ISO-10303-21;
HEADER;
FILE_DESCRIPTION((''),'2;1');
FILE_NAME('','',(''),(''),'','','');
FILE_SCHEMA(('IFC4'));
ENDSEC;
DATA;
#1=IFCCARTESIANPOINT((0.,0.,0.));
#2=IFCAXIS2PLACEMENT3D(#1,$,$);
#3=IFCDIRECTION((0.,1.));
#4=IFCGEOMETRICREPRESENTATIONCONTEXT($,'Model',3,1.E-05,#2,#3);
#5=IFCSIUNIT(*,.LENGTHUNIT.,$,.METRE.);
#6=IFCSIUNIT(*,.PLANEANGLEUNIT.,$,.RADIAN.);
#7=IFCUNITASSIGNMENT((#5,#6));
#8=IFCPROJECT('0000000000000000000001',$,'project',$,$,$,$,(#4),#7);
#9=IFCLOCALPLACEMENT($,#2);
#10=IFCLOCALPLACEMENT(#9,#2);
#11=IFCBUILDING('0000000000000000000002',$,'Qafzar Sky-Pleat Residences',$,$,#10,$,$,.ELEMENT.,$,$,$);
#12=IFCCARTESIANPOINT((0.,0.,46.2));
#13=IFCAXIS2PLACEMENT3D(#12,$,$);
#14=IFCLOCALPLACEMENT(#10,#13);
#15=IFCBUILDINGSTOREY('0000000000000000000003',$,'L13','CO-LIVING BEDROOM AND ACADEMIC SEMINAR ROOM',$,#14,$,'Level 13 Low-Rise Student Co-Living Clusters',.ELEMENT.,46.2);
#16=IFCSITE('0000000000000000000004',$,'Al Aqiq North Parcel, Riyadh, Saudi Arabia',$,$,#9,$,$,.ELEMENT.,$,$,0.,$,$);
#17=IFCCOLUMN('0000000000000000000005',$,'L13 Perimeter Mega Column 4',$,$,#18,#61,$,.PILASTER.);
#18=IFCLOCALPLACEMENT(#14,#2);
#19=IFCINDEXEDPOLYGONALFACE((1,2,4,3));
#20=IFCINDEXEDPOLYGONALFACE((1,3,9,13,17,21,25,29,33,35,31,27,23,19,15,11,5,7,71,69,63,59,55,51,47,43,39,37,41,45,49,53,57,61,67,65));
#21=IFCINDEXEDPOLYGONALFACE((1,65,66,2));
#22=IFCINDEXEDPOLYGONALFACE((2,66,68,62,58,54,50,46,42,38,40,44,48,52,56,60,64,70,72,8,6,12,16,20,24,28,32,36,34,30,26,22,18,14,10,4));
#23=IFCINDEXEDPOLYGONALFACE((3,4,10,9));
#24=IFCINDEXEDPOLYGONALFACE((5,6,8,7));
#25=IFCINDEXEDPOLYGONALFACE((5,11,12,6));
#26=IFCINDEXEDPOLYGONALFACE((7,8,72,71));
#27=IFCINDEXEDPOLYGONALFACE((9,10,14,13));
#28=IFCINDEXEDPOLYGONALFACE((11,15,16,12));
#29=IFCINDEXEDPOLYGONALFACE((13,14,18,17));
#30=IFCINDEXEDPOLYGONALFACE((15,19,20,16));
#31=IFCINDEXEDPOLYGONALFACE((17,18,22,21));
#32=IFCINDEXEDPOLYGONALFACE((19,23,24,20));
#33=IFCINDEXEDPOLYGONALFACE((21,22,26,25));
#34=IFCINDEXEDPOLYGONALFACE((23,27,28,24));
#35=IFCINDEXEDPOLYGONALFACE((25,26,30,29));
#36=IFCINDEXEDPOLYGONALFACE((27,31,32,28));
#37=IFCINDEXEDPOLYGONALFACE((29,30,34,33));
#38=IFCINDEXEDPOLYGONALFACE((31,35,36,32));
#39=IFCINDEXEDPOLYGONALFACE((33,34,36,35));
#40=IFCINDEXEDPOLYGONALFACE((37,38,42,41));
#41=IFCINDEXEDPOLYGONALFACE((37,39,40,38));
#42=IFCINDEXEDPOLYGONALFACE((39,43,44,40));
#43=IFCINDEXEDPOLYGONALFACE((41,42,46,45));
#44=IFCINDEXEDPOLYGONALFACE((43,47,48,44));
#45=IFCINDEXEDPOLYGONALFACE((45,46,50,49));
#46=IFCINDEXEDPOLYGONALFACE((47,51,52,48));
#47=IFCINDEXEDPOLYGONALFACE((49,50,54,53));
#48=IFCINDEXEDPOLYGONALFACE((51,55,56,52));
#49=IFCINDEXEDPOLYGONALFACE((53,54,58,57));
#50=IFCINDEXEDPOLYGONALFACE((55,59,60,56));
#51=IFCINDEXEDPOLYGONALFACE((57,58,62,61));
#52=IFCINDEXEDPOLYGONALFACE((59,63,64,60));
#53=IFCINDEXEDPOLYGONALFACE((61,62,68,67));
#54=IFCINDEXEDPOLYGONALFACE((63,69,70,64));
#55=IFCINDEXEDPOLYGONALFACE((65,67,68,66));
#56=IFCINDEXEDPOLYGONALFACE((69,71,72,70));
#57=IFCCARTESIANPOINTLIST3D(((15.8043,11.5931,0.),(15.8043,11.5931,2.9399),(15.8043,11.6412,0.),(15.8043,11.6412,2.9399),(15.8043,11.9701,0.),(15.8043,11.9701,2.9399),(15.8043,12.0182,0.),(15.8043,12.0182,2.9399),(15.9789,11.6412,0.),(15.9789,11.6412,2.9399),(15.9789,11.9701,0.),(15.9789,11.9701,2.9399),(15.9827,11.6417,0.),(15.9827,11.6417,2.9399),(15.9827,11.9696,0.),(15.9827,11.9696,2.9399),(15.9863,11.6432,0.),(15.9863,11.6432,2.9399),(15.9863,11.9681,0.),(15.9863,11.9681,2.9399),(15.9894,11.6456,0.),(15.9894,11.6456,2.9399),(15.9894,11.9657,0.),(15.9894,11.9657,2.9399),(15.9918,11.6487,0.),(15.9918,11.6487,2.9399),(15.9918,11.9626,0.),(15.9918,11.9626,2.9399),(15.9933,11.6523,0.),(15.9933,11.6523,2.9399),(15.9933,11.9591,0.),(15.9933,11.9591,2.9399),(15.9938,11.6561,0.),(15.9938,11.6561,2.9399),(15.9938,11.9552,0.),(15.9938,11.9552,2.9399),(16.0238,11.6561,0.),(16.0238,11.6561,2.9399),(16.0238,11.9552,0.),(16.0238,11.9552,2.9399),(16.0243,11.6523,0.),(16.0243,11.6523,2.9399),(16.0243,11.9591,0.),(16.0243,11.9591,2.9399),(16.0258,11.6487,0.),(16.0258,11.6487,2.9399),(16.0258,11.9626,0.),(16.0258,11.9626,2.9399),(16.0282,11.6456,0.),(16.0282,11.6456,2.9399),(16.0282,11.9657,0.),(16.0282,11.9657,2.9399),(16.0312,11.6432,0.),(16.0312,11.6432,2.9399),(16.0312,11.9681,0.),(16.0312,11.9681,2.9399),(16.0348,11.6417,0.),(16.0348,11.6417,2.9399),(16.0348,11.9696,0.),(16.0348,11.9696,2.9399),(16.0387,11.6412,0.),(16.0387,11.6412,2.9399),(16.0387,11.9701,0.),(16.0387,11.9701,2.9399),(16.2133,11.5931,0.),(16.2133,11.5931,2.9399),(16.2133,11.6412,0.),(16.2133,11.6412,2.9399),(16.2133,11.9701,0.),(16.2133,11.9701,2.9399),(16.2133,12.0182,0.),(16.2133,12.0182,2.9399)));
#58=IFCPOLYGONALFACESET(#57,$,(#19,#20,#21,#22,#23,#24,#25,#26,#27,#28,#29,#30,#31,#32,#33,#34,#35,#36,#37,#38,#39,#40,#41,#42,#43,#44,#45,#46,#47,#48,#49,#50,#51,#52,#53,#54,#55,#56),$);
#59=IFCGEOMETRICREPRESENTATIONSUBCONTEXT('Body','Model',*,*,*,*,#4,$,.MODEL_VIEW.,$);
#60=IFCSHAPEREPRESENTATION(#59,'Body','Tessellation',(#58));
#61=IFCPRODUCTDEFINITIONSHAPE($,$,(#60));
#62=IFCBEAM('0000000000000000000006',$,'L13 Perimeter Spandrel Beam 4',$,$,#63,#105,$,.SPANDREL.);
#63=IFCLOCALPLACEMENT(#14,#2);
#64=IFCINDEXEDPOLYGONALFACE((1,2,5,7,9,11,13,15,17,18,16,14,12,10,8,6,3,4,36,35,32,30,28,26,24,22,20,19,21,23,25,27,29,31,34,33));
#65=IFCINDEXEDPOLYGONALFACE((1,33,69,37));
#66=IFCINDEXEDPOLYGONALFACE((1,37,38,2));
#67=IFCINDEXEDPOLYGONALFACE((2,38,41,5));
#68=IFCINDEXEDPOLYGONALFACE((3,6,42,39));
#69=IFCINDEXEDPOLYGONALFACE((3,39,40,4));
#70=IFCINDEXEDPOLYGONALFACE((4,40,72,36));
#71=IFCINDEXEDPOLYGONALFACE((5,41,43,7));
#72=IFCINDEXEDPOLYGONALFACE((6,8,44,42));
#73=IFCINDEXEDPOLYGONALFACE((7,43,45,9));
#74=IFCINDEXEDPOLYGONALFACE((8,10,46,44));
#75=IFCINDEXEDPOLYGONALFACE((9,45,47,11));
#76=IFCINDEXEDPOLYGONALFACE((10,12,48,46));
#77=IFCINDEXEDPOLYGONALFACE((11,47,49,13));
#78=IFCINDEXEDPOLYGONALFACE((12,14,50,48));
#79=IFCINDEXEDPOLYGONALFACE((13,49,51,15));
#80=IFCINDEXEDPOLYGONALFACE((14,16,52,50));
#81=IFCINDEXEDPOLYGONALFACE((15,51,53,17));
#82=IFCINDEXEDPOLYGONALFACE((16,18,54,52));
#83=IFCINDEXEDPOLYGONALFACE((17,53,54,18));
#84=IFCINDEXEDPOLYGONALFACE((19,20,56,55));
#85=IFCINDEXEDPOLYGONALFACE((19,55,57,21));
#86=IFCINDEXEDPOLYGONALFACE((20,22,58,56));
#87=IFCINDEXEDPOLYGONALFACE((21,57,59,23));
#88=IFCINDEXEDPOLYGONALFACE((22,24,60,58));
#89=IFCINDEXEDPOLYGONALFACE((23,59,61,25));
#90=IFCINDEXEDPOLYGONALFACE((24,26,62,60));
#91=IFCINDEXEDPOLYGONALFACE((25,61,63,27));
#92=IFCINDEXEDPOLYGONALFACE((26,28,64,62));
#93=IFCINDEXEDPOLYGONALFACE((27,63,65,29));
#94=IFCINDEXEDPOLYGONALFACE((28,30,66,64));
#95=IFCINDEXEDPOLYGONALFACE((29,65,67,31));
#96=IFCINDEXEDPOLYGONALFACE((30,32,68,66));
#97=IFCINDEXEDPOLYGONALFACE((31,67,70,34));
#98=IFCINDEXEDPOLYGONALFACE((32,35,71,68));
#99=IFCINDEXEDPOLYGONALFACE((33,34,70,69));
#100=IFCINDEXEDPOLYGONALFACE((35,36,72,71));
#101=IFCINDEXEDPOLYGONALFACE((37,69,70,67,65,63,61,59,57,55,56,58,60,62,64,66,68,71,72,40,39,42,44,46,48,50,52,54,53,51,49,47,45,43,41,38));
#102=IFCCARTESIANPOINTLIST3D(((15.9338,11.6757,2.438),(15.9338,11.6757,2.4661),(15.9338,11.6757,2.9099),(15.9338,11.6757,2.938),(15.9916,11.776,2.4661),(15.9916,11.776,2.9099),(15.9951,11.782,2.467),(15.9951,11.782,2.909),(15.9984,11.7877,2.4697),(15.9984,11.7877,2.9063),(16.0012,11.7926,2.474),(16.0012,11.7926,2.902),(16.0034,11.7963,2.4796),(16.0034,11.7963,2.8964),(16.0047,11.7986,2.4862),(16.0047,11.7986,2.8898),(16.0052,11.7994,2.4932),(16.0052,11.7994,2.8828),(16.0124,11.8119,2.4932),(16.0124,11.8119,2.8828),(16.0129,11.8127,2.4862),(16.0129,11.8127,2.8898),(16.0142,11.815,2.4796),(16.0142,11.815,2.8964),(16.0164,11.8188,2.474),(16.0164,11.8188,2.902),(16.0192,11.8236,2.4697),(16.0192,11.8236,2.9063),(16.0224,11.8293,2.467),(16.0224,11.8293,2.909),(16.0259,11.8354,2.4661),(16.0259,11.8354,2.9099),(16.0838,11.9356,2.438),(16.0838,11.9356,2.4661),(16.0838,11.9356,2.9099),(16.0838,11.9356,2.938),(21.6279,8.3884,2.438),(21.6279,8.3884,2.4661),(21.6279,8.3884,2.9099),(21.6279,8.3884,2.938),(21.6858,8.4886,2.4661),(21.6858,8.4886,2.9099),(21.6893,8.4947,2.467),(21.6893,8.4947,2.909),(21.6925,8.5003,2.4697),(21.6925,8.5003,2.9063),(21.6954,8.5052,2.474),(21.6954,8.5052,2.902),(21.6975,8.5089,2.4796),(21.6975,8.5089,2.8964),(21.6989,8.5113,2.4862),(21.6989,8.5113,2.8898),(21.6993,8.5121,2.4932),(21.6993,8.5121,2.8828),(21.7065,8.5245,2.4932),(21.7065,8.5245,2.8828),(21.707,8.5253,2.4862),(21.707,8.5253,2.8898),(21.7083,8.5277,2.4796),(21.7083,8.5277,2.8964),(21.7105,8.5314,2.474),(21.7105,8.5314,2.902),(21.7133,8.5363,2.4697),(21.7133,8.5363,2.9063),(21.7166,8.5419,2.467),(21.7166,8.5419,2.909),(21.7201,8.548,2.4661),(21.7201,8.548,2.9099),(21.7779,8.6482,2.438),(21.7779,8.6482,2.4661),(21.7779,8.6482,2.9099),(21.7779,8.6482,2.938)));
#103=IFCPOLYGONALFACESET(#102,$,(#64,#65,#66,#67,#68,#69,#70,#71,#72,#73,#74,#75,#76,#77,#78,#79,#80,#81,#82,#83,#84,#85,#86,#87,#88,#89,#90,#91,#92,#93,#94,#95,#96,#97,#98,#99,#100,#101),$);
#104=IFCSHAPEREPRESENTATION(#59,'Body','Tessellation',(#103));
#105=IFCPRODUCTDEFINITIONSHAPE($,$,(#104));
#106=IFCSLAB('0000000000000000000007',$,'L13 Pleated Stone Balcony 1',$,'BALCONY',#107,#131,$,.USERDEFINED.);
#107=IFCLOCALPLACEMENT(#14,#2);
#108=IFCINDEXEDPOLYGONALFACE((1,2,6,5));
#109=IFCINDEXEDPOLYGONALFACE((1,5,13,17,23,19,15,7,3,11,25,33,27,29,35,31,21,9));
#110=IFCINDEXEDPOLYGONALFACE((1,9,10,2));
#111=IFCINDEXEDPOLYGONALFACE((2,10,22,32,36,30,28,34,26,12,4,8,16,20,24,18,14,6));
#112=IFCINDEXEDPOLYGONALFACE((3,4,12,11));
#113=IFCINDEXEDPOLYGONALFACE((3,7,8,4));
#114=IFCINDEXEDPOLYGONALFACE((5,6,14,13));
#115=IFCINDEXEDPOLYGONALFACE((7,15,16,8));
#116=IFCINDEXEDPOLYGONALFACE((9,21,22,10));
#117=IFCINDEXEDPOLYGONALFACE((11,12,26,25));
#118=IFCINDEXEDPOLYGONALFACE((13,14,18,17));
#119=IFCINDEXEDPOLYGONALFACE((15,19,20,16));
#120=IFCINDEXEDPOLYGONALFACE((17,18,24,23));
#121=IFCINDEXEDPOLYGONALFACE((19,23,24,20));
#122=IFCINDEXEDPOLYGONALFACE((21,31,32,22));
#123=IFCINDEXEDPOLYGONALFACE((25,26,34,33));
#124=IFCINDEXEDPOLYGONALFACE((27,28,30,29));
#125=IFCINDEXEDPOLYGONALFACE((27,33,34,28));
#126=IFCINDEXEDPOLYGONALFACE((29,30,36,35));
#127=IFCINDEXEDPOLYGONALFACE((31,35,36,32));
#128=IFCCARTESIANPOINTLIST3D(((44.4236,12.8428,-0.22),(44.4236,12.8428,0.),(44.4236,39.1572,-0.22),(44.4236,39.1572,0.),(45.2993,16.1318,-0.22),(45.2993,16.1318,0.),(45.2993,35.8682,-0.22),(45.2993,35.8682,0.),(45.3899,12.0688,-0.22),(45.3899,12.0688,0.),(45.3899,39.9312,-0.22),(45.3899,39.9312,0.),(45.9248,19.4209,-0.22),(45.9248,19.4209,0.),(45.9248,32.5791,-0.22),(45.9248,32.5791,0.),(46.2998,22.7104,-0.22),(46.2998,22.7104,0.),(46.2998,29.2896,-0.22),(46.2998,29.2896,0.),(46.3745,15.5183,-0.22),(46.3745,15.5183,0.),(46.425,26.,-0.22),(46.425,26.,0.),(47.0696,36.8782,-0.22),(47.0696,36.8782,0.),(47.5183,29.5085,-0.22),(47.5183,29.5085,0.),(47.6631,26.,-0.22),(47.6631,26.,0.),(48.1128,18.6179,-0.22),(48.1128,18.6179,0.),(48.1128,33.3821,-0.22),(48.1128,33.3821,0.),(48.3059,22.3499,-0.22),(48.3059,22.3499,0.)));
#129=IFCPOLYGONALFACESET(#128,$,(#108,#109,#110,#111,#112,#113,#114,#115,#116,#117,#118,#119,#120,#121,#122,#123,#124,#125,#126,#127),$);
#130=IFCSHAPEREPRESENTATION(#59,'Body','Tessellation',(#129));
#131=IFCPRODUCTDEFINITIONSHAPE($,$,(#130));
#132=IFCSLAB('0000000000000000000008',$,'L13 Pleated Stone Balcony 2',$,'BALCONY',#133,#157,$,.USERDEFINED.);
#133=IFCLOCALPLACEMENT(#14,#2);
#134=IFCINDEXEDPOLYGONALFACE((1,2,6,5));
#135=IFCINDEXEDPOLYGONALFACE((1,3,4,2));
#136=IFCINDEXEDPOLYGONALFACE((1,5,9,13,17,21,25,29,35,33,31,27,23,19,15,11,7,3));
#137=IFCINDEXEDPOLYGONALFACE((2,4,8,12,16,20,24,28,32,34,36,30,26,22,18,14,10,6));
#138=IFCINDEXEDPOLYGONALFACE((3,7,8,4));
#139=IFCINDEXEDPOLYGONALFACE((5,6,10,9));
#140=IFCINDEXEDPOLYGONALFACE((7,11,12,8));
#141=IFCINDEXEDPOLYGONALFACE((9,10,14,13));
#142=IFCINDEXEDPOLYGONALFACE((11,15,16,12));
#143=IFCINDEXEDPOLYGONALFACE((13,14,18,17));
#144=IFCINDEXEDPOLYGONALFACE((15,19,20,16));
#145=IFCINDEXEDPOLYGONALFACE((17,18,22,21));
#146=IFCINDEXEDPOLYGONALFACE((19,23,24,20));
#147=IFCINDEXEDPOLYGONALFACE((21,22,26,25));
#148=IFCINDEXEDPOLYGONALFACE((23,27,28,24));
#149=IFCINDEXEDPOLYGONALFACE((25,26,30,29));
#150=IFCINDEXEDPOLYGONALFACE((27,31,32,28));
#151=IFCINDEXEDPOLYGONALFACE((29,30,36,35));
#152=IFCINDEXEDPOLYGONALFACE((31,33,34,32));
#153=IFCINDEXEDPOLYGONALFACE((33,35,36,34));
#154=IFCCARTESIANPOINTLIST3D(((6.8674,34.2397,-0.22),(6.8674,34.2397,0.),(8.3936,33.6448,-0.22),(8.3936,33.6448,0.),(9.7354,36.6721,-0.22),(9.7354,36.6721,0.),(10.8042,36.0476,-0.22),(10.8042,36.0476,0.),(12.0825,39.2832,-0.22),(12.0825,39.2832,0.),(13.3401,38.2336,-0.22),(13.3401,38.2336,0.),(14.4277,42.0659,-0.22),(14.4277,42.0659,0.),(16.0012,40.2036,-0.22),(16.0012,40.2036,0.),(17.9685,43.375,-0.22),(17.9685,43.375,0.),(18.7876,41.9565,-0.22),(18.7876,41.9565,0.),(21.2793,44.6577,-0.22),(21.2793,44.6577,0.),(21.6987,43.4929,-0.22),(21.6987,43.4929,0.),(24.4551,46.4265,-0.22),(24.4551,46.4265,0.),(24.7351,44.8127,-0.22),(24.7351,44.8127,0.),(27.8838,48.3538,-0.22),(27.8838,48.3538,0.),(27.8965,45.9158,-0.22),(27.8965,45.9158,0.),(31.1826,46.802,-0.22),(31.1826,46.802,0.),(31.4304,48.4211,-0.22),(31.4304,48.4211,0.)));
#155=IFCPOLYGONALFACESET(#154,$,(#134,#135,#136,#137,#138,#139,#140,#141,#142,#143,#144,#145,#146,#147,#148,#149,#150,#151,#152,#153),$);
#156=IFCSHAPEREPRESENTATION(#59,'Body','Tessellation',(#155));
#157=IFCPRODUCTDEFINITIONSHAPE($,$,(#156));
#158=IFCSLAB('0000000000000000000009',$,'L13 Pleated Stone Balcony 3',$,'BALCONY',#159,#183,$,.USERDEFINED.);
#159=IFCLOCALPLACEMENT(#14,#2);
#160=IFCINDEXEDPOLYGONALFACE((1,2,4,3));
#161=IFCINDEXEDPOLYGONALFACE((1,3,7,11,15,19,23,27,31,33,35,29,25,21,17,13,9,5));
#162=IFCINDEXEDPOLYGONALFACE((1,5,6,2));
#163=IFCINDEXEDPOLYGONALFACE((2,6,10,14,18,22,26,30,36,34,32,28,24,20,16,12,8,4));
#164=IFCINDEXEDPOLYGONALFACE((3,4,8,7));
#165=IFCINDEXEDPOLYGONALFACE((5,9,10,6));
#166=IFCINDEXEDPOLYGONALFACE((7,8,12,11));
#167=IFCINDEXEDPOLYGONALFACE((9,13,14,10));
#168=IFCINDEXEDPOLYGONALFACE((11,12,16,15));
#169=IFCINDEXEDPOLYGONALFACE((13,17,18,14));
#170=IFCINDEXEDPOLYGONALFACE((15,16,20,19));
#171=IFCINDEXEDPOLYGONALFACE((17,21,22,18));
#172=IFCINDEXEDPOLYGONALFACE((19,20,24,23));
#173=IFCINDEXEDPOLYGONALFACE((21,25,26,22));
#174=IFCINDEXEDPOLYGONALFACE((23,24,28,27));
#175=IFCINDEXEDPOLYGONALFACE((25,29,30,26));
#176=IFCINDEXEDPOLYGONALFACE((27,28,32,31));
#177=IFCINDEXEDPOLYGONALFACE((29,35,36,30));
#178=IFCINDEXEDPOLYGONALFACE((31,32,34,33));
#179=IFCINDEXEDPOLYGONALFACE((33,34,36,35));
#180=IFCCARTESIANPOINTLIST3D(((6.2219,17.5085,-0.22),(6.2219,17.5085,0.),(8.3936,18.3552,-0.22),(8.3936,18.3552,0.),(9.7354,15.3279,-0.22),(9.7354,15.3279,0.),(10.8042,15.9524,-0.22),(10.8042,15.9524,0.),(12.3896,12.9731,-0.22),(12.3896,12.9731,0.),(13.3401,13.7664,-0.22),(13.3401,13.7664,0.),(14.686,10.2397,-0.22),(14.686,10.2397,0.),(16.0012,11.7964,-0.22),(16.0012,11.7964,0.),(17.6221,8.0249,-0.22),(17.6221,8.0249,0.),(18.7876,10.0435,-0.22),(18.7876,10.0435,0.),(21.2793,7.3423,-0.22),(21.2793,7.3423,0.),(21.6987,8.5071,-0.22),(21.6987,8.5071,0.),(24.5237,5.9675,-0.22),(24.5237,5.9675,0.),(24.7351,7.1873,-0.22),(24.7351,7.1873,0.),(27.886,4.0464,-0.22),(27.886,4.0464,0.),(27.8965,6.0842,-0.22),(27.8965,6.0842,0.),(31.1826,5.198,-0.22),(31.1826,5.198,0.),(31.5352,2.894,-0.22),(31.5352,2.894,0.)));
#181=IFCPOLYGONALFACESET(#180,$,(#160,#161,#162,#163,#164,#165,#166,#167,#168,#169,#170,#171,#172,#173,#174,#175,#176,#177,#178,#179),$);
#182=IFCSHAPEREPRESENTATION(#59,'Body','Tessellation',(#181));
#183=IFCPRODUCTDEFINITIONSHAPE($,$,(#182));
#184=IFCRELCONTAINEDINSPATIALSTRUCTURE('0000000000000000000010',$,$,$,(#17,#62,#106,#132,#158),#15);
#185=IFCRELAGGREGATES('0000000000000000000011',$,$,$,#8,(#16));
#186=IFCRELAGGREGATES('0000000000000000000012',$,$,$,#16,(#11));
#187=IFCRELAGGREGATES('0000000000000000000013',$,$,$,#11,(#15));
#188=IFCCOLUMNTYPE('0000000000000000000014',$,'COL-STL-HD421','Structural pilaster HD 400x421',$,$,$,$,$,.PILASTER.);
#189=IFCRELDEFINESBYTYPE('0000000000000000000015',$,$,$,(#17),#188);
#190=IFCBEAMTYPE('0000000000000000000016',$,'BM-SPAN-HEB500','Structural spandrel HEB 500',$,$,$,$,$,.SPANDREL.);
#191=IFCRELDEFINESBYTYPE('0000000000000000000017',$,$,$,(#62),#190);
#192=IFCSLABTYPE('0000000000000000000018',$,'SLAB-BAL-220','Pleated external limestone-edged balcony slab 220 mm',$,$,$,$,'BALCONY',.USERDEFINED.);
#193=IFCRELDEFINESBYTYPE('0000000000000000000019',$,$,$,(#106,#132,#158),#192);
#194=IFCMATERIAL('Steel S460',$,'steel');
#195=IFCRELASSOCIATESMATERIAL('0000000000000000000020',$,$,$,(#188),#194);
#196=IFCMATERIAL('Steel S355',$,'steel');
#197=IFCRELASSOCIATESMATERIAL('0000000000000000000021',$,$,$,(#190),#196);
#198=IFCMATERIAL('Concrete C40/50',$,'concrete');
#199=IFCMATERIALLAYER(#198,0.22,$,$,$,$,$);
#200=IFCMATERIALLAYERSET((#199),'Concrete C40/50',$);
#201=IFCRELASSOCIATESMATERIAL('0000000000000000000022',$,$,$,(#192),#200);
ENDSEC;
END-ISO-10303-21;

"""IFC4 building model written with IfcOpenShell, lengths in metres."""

from ifc_helpers import new_model, si_unit, direction, frame, origin, origin_2d, place, context, subcontext, project, spatial, polyline, i_section, outline, extrude, source, transform, mapped, material, layer, layer_set, material_profile, profile_set, type_object, element, save


model = new_model("IFC4")

# Units and contexts
model_context = context("Model", 3, precision=1e-05, world=origin(), true_north=direction((0.0, 1.0)))
body_context = subcontext(model_context, "Body", "Model", "MODEL_VIEW")
ifc_project = project(units=[si_unit("LENGTHUNIT", "METRE"), si_unit("PLANEANGLEUNIT", "RADIAN")], contexts=[model_context])

# Site, building, storey
site_placement = place(None, origin())
site = spatial("IfcSite", under=ifc_project, at=site_placement, Name="Al Aqiq North Parcel, Riyadh, Saudi Arabia", CompositionType="ELEMENT", RefElevation=0.0)
building_placement = place(site_placement, origin())
building = spatial("IfcBuilding", under=site, at=building_placement, Name="Qafzar Sky-Pleat Residences", CompositionType="ELEMENT")
storey_placement = place(building_placement, frame((0.0, 0.0, 46.2)))
storey = spatial("IfcBuildingStorey", under=building, at=storey_placement, Name="L13", Description="CO-LIVING BEDROOM AND ACADEMIC SEMINAR ROOM", LongName="Level 13 Low-Rise Student Co-Living Clusters", CompositionType="ELEMENT", Elevation=46.2)

# Column
ifc_material_1 = material(Name="Steel S460", Category="steel")
ifc_material_profile_1 = material_profile(ifc_material_1, i_section(OverallWidth=0.4089, OverallDepth=0.425, WebThickness=0.03, FlangeThickness=0.0481, FilletRadius=0.0149, at=origin_2d()), Name="HD 400x421")
ifc_profile_set_1 = profile_set([ifc_material_profile_1], Name="Steel S460")
column_type = type_object("IfcColumnType", Name="COL-STL-HD421", Description="Structural pilaster HD 400x421", PredefinedType="PILASTER", material=ifc_profile_set_1)
shared_shape_1 = source(origin(), body_context, "Body", "SweptSolid", [
    extrude(i_section(OverallWidth=0.4089, OverallDepth=0.425, WebThickness=0.03, FlangeThickness=0.0481, FilletRadius=0.0149, at=origin_2d()), origin(), (0.0, 0.0, 1.0), 2.9399),
])
column_placement = place(storey_placement, frame((16.0088, 11.8057, 0.0), z_axis=(0.0, 0.0, 1.0), x_axis=(1.0, 0.0, 0.0)))
element("IfcColumn", 1, at=column_placement, inside=storey, type_object=column_type, Name="L13 Perimeter Mega Column 4", PredefinedType="PILASTER", context=body_context, shape_type="MappedRepresentation", body=[
    mapped(shared_shape_1, transform((0.0, 0.0, 0.0), x_axis=(1.0, 0.0, 0.0), y_axis=(0.0, 1.0, 0.0), z_axis=(0.0, 0.0, 1.0), scale=1.0)),
])

# Beam
ifc_material_2 = material(Name="Steel S355", Category="steel")
ifc_material_profile_2 = material_profile(ifc_material_2, i_section(OverallWidth=0.3, OverallDepth=0.5, WebThickness=0.0144, FlangeThickness=0.0281, FilletRadius=0.0271, at=origin_2d()), Name="HEB 500")
ifc_profile_set_2 = profile_set([ifc_material_profile_2], Name="Steel S355")
beam_type = type_object("IfcBeamType", Name="BM-SPAN-HEB500", Description="Structural spandrel HEB 500", PredefinedType="SPANDREL", material=ifc_profile_set_2)
shared_shape_2 = source(origin(), body_context, "Body", "SweptSolid", [
    extrude(i_section(OverallWidth=0.3, OverallDepth=0.5, WebThickness=0.0144, FlangeThickness=0.0281, FilletRadius=0.0271, at=origin_2d()), origin(), (0.0, 0.0, 1.0), 6.575),
])
beam_placement = place(storey_placement, frame((16.0088, 11.8057, 2.688), z_axis=(0.866034, -0.499985, 0.0), x_axis=(0.499985, 0.866034, 0.0)))
element("IfcBeam", 2, at=beam_placement, inside=storey, type_object=beam_type, Name="L13 Perimeter Spandrel Beam 4", PredefinedType="SPANDREL", context=body_context, shape_type="MappedRepresentation", body=[
    mapped(shared_shape_2, transform((0.0, 0.0, 0.0), x_axis=(1.0, 0.0, 0.0), y_axis=(0.0, 1.0, 0.0), z_axis=(0.0, 0.0, 1.0), scale=1.0)),
])

# Slabs
ifc_material_3 = material(Name="Concrete C40/50", Category="concrete")
ifc_layer_1 = layer(ifc_material_3, 0.22)
ifc_layer_set_1 = layer_set([ifc_layer_1], Name="Concrete C40/50")
slab_type_1 = type_object("IfcSlabType", Name="SLAB-BAL-220", Description="Pleated external limestone-edged balcony slab 220 mm", ElementType="BALCONY", PredefinedType="USERDEFINED", material=ifc_layer_set_1)
slab_1_placement = place(storey_placement, frame((0.0, 0.0, -0.22)))
element("IfcSlab", 3, at=slab_1_placement, inside=storey, type_object=slab_type_1, Name="L13 Pleated Stone Balcony 1", ObjectType="BALCONY", PredefinedType="USERDEFINED", context=body_context, shape_type="SweptSolid", body=[
    extrude(outline(polyline([(45.2993, 16.1318), (45.9248, 19.4209), (46.2998, 22.7104), (46.425, 26.0), (46.2998, 29.2896), (45.9248, 32.5791), (45.2993, 35.8682), (44.4236, 39.1572), (45.3899, 39.9312), (47.0696, 36.8782), (48.1128, 33.3821), (47.5183, 29.5085), (47.6631, 26.0), (48.3059, 22.3499), (48.1128, 18.6179), (46.3745, 15.5183), (45.3899, 12.0688), (44.4236, 12.8428), (45.2993, 16.1318)])), origin(), (0.0, 0.0, 1.0), 0.22),
])
slab_2_placement = place(storey_placement, frame((0.0, 0.0, -0.22)))
element("IfcSlab", 4, at=slab_2_placement, inside=storey, type_object=slab_type_1, Name="L13 Pleated Stone Balcony 2", ObjectType="BALCONY", PredefinedType="USERDEFINED", context=body_context, shape_type="SweptSolid", body=[
    extrude(outline(polyline([(27.8965, 45.9158), (24.7351, 44.8127), (21.6987, 43.4929), (18.7876, 41.9565), (16.0012, 40.2036), (13.3401, 38.2336), (10.8042, 36.0476), (8.3936, 33.6448), (6.8674, 34.2397), (9.7354, 36.6721), (12.0825, 39.2832), (14.4277, 42.0659), (17.9685, 43.375), (21.2793, 44.6577), (24.4551, 46.4265), (27.8838, 48.3538), (31.4304, 48.4211), (31.1826, 46.802), (27.8965, 45.9158)])), origin(), (0.0, 0.0, 1.0), 0.22),
])
slab_3_placement = place(storey_placement, frame((0.0, 0.0, -0.22)))
element("IfcSlab", 5, at=slab_3_placement, inside=storey, type_object=slab_type_1, Name="L13 Pleated Stone Balcony 3", ObjectType="BALCONY", PredefinedType="USERDEFINED", context=body_context, shape_type="SweptSolid", body=[
    extrude(outline(polyline([(10.8042, 15.9524), (13.3401, 13.7664), (16.0012, 11.7964), (18.7876, 10.0435), (21.6987, 8.5071), (24.7351, 7.1873), (27.8965, 6.0842), (31.1826, 5.198), (31.5352, 2.894), (27.886, 4.0464), (24.5237, 5.9675), (21.2793, 7.3423), (17.6221, 8.0249), (14.686, 10.2397), (12.3896, 12.9731), (9.7354, 15.3279), (6.2219, 17.5085), (8.3936, 18.3552), (10.8042, 15.9524)])), origin(), (0.0, 0.0, 1.0), 0.22),
])

save(model, "model.ifc")
